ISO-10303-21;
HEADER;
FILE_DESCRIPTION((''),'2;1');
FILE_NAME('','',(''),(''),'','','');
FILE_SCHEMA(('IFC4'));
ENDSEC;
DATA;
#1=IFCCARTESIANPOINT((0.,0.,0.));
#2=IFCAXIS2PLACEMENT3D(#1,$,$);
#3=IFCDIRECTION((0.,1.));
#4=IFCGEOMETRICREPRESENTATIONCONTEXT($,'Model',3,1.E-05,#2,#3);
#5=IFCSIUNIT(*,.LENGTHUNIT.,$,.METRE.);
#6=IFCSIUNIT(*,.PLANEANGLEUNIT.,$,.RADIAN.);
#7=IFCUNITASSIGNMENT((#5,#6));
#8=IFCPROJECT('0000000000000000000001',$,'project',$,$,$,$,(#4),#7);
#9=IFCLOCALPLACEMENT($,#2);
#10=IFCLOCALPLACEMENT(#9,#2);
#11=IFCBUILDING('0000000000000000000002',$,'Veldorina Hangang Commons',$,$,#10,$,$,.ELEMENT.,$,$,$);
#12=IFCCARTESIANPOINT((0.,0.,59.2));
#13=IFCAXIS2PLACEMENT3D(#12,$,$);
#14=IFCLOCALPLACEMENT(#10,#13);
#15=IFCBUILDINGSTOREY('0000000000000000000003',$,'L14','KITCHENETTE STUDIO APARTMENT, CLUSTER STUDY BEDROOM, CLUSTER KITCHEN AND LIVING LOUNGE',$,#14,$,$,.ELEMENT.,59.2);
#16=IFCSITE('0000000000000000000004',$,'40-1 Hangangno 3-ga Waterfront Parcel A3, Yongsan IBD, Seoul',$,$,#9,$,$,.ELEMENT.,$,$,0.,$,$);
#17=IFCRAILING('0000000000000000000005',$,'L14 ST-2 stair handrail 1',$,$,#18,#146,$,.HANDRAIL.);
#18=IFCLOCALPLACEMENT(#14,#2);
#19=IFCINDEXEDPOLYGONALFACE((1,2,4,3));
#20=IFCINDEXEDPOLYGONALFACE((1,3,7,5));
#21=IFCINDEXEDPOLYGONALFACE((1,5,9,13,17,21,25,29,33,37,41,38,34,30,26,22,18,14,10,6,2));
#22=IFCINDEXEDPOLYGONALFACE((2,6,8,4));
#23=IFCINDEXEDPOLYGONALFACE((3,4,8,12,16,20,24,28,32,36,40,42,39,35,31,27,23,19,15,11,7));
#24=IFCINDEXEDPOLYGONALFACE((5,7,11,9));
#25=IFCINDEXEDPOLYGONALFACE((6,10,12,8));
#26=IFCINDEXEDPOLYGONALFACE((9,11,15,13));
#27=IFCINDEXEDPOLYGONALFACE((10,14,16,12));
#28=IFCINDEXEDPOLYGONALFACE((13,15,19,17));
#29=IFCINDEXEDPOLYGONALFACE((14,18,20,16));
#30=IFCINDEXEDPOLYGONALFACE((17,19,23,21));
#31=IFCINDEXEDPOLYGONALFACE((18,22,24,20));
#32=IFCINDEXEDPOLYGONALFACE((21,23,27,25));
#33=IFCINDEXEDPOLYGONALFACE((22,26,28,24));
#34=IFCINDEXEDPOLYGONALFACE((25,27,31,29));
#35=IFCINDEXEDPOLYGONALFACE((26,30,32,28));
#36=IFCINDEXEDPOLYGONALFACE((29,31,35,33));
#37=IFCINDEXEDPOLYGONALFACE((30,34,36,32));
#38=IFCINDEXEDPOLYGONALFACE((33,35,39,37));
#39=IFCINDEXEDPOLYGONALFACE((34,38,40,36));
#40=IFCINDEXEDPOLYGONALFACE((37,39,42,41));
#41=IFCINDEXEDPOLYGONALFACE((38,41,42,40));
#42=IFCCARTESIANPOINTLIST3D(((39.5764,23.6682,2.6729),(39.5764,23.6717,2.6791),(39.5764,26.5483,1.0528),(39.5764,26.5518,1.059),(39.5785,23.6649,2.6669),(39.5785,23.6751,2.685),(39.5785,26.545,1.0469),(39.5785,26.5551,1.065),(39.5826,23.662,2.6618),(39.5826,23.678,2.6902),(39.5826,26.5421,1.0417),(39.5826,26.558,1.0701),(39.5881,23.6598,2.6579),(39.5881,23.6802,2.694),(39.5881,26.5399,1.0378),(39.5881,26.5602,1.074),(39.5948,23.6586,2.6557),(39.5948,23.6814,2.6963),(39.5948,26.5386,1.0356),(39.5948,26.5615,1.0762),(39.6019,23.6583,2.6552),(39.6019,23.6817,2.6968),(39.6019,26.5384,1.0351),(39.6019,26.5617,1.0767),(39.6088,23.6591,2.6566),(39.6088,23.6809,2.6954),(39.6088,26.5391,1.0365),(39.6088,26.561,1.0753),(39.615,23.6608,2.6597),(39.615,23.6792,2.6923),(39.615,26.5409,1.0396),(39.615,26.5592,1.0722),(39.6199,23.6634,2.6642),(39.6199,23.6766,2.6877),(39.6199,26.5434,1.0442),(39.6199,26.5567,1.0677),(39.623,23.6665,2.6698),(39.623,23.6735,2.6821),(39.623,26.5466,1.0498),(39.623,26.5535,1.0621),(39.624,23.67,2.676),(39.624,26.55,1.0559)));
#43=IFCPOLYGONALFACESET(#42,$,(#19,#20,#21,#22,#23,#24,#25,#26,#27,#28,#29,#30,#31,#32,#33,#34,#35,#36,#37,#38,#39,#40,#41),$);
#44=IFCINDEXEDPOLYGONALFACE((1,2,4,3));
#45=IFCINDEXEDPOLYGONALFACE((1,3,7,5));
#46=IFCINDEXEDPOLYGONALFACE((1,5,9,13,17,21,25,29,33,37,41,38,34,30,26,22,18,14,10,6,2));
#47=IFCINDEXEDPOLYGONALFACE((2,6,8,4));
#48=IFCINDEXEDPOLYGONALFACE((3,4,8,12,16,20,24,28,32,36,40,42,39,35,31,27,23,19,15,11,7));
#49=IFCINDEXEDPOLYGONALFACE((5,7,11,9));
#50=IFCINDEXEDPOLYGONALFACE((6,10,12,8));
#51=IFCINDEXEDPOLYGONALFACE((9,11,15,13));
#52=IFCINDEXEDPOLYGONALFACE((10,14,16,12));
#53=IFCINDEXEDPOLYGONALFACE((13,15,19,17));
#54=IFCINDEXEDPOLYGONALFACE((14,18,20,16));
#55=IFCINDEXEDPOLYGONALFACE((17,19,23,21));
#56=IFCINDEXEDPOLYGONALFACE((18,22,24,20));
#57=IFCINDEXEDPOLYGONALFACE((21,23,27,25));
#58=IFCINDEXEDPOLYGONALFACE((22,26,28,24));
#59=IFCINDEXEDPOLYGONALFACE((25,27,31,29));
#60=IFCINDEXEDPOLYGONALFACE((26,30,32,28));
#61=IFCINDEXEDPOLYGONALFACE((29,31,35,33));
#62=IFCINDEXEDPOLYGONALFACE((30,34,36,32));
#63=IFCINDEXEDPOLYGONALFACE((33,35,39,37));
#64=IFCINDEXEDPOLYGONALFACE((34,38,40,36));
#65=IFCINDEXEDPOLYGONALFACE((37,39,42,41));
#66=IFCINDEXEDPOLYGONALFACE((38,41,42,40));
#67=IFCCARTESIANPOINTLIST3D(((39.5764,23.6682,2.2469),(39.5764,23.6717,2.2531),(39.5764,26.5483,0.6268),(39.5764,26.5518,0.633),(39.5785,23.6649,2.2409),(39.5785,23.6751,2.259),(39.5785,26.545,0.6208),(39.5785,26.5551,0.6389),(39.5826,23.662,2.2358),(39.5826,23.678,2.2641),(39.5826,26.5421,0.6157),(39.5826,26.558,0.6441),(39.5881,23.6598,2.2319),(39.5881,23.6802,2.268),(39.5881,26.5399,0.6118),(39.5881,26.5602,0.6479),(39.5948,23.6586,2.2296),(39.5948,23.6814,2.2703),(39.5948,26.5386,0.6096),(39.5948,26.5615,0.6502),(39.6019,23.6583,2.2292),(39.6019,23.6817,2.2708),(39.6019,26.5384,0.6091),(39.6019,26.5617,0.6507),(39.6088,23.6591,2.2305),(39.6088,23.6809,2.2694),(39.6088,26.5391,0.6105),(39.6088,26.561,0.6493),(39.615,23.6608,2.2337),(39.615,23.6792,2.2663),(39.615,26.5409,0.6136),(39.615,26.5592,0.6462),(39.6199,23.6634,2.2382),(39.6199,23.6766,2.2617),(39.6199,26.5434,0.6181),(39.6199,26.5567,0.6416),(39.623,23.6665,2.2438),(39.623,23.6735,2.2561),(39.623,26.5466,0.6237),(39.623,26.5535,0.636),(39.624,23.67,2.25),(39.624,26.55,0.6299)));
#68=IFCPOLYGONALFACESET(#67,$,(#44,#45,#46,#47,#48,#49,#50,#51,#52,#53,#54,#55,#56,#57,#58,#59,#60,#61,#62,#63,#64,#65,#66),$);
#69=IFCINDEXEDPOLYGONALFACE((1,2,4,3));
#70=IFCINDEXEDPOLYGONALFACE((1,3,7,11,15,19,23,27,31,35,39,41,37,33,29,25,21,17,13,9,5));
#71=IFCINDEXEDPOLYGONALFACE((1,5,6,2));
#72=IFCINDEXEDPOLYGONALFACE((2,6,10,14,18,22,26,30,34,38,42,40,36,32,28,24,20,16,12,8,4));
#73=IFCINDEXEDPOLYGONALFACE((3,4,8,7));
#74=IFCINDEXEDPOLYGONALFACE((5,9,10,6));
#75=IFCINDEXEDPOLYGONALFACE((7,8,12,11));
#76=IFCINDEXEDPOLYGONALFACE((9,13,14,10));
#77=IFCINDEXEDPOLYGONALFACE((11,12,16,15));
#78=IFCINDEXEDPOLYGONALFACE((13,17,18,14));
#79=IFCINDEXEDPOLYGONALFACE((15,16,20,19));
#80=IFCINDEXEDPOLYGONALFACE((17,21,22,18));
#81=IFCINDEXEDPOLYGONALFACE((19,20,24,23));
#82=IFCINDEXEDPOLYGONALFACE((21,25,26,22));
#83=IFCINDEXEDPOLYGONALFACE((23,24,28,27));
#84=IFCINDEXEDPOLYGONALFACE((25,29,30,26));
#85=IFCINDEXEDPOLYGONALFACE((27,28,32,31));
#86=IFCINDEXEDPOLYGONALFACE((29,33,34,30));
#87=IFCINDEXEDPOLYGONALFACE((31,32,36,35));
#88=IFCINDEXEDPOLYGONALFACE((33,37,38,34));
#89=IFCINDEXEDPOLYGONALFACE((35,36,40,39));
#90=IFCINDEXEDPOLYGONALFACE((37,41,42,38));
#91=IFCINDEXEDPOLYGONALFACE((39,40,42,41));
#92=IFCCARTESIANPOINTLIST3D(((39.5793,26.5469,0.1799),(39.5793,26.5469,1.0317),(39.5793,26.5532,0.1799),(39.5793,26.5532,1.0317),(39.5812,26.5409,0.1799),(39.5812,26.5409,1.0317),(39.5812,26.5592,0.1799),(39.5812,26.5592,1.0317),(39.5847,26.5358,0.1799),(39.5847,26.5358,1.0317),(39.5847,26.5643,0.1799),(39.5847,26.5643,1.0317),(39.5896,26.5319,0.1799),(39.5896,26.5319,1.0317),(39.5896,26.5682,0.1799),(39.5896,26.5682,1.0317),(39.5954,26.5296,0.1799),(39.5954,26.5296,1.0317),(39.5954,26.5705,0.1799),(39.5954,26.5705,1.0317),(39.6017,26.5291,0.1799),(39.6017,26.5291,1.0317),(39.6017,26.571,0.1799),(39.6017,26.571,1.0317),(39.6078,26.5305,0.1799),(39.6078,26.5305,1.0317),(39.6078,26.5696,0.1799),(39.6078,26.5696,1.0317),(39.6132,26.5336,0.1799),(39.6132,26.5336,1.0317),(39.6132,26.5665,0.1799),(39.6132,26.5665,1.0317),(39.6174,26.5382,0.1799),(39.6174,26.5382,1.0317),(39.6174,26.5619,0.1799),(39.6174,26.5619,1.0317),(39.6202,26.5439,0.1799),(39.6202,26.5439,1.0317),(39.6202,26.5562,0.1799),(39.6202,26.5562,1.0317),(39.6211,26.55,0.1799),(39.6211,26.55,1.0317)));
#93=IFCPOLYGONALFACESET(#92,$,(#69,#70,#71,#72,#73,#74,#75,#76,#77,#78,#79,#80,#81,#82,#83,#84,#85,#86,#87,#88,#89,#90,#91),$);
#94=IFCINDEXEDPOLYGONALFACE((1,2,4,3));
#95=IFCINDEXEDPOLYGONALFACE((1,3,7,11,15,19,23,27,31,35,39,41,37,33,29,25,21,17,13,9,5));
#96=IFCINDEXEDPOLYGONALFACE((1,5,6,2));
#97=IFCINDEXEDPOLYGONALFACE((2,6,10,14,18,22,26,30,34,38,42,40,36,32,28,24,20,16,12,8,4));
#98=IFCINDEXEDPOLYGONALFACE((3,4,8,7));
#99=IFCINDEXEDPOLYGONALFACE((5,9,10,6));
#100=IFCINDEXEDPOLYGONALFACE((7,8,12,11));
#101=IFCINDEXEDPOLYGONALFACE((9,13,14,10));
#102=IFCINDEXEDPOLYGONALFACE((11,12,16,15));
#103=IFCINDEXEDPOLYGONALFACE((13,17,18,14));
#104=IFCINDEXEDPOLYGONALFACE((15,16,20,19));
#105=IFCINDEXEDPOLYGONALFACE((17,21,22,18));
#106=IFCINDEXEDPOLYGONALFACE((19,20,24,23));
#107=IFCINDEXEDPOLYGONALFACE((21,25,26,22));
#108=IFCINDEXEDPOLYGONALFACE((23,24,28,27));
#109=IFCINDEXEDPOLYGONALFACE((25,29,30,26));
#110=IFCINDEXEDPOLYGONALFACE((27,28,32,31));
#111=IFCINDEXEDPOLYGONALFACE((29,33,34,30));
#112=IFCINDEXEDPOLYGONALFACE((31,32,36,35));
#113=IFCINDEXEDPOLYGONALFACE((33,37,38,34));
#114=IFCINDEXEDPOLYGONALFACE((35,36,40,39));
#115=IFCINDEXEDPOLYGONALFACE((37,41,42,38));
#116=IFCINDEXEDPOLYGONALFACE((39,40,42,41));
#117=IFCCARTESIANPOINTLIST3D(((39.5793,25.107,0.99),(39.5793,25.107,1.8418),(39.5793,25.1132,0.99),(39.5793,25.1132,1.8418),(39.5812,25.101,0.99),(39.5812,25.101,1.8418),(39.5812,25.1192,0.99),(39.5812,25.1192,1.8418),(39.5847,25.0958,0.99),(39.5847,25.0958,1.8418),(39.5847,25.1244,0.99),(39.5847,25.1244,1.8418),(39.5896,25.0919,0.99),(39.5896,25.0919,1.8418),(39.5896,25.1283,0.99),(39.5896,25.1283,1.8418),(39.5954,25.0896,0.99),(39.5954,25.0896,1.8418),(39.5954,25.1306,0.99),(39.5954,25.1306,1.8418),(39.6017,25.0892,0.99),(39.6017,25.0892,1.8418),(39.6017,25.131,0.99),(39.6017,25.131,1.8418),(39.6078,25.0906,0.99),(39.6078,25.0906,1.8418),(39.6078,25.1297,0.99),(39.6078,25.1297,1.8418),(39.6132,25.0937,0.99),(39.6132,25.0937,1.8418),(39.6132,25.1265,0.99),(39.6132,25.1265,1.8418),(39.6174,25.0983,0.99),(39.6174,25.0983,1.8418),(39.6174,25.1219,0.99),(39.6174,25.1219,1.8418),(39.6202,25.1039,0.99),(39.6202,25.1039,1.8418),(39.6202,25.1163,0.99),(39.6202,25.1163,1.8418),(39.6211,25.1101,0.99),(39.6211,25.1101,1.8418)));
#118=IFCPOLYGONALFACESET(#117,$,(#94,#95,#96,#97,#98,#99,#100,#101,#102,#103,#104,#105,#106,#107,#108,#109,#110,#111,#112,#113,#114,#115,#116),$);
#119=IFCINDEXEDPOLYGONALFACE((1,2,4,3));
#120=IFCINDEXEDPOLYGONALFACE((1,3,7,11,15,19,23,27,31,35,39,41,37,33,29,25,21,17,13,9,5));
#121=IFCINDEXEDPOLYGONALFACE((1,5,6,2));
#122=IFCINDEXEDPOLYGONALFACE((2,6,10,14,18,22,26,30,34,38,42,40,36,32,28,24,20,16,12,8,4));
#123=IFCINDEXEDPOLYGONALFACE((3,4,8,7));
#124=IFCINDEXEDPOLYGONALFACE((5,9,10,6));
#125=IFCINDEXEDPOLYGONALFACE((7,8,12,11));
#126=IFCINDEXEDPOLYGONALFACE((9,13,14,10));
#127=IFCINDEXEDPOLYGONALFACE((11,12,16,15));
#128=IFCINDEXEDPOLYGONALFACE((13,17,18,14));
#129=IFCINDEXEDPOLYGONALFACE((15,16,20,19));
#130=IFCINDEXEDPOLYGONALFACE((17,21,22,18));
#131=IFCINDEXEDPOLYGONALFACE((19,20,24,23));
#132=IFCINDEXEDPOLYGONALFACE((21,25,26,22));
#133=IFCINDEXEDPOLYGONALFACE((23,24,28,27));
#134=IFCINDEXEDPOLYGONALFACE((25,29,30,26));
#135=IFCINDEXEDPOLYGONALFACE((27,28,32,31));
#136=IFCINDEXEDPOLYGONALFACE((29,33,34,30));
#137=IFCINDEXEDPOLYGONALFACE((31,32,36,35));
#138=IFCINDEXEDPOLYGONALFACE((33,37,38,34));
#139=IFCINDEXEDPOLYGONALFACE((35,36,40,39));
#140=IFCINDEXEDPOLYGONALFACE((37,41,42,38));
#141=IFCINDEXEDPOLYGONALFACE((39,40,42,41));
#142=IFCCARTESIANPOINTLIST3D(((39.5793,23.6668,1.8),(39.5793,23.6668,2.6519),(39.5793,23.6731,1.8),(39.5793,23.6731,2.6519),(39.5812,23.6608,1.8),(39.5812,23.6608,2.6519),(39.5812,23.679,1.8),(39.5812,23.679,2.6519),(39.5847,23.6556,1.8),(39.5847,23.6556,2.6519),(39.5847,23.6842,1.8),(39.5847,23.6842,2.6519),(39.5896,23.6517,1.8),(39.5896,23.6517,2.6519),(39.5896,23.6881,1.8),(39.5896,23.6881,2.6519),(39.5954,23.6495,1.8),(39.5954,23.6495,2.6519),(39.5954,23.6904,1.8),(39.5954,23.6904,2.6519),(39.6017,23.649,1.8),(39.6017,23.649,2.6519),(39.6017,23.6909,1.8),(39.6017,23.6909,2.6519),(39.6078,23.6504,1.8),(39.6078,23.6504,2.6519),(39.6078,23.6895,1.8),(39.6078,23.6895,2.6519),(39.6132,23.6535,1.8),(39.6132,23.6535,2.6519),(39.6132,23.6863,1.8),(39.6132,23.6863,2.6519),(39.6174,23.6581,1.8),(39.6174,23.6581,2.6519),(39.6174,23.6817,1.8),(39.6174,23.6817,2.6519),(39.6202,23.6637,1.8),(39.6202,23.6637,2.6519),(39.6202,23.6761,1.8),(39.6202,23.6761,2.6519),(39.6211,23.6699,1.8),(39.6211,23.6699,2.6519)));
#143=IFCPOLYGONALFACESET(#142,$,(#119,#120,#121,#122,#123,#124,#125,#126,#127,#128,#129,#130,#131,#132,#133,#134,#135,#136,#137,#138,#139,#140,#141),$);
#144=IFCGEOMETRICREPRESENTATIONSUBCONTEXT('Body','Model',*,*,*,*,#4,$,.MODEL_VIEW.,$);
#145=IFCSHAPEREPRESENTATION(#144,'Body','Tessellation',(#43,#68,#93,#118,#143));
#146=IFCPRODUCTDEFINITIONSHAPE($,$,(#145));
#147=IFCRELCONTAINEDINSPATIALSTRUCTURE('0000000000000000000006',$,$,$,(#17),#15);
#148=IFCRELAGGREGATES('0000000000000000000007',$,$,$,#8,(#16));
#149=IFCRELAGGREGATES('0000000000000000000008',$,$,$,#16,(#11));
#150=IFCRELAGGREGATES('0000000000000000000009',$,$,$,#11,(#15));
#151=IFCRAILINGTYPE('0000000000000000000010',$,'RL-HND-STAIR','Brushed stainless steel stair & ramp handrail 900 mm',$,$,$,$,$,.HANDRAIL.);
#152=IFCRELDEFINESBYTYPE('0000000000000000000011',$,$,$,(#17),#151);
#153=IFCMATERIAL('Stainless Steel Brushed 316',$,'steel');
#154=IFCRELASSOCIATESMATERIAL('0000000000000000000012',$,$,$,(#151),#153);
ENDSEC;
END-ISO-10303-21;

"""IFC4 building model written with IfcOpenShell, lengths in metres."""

from ifc_helpers import new_model, si_unit, direction, frame, origin, origin_2d, place, context, subcontext, project, spatial, circle, extrude, material, type_object, element, save


model = new_model("IFC4")

# Units and contexts
model_context = context("Model", 3, precision=1e-05, world=origin(), true_north=direction((0.0, 1.0)))
body_context = subcontext(model_context, "Body", "Model", "MODEL_VIEW")
ifc_project = project(units=[si_unit("LENGTHUNIT", "METRE"), si_unit("PLANEANGLEUNIT", "RADIAN")], contexts=[model_context])

# Site, building, storey
site_placement = place(None, origin())
site = spatial("IfcSite", under=ifc_project, at=site_placement, Name="40-1 Hangangno 3-ga Waterfront Parcel A3, Yongsan IBD, Seoul", CompositionType="ELEMENT", RefElevation=0.0)
building_placement = place(site_placement, origin())
building = spatial("IfcBuilding", under=site, at=building_placement, Name="Veldorina Hangang Commons", CompositionType="ELEMENT")
storey_placement = place(building_placement, frame((0.0, 0.0, 59.2)))
storey = spatial("IfcBuildingStorey", under=building, at=storey_placement, Name="L14", Description="KITCHENETTE STUDIO APARTMENT, CLUSTER STUDY BEDROOM, CLUSTER KITCHEN AND LIVING LOUNGE", CompositionType="ELEMENT", Elevation=59.2)

# Railing
ifc_material_1 = material(Name="Stainless Steel Brushed 316", Category="steel")
railing_type_1 = type_object("IfcRailingType", Name="RL-HND-STAIR", Description="Brushed stainless steel stair & ramp handrail 900 mm", PredefinedType="HANDRAIL", material=ifc_material_1)
railing_1_placement = place(storey_placement, frame((39.6001, 26.55, 0.1799)))
element("IfcRailing", 1, at=railing_1_placement, inside=storey, type_object=railing_type_1, Name="L14 ST-2 stair handrail 1", PredefinedType="HANDRAIL", context=body_context, shape_type="SweptSolid", body=[
    extrude(circle(Radius=0.0239, at=origin_2d()), frame((0.0, 0.0, 0.876), z_axis=(0.0, -0.87157, 0.490272), x_axis=(1.0, 0.0, 0.0)), (0.0, 0.0, 1.0), 3.3044),
    extrude(circle(Radius=0.0239, at=origin_2d()), frame((0.0, 0.0, 0.45), z_axis=(0.0, -0.87157, 0.490272), x_axis=(1.0, 0.0, 0.0)), (0.0, 0.0, 1.0), 3.3044),
    extrude(circle(Radius=0.021, at=origin_2d()), origin(), (0.0, 0.0, 1.0), 0.8518),
    extrude(circle(Radius=0.021, at=origin_2d()), frame((0.0, -1.4399, 0.8101)), (0.0, 0.0, 1.0), 0.8518),
    extrude(circle(Radius=0.021, at=origin_2d()), frame((0.0, -2.8801, 1.6201)), (0.0, 0.0, 1.0), 0.8518),
])

save(model, "model.ifc")
